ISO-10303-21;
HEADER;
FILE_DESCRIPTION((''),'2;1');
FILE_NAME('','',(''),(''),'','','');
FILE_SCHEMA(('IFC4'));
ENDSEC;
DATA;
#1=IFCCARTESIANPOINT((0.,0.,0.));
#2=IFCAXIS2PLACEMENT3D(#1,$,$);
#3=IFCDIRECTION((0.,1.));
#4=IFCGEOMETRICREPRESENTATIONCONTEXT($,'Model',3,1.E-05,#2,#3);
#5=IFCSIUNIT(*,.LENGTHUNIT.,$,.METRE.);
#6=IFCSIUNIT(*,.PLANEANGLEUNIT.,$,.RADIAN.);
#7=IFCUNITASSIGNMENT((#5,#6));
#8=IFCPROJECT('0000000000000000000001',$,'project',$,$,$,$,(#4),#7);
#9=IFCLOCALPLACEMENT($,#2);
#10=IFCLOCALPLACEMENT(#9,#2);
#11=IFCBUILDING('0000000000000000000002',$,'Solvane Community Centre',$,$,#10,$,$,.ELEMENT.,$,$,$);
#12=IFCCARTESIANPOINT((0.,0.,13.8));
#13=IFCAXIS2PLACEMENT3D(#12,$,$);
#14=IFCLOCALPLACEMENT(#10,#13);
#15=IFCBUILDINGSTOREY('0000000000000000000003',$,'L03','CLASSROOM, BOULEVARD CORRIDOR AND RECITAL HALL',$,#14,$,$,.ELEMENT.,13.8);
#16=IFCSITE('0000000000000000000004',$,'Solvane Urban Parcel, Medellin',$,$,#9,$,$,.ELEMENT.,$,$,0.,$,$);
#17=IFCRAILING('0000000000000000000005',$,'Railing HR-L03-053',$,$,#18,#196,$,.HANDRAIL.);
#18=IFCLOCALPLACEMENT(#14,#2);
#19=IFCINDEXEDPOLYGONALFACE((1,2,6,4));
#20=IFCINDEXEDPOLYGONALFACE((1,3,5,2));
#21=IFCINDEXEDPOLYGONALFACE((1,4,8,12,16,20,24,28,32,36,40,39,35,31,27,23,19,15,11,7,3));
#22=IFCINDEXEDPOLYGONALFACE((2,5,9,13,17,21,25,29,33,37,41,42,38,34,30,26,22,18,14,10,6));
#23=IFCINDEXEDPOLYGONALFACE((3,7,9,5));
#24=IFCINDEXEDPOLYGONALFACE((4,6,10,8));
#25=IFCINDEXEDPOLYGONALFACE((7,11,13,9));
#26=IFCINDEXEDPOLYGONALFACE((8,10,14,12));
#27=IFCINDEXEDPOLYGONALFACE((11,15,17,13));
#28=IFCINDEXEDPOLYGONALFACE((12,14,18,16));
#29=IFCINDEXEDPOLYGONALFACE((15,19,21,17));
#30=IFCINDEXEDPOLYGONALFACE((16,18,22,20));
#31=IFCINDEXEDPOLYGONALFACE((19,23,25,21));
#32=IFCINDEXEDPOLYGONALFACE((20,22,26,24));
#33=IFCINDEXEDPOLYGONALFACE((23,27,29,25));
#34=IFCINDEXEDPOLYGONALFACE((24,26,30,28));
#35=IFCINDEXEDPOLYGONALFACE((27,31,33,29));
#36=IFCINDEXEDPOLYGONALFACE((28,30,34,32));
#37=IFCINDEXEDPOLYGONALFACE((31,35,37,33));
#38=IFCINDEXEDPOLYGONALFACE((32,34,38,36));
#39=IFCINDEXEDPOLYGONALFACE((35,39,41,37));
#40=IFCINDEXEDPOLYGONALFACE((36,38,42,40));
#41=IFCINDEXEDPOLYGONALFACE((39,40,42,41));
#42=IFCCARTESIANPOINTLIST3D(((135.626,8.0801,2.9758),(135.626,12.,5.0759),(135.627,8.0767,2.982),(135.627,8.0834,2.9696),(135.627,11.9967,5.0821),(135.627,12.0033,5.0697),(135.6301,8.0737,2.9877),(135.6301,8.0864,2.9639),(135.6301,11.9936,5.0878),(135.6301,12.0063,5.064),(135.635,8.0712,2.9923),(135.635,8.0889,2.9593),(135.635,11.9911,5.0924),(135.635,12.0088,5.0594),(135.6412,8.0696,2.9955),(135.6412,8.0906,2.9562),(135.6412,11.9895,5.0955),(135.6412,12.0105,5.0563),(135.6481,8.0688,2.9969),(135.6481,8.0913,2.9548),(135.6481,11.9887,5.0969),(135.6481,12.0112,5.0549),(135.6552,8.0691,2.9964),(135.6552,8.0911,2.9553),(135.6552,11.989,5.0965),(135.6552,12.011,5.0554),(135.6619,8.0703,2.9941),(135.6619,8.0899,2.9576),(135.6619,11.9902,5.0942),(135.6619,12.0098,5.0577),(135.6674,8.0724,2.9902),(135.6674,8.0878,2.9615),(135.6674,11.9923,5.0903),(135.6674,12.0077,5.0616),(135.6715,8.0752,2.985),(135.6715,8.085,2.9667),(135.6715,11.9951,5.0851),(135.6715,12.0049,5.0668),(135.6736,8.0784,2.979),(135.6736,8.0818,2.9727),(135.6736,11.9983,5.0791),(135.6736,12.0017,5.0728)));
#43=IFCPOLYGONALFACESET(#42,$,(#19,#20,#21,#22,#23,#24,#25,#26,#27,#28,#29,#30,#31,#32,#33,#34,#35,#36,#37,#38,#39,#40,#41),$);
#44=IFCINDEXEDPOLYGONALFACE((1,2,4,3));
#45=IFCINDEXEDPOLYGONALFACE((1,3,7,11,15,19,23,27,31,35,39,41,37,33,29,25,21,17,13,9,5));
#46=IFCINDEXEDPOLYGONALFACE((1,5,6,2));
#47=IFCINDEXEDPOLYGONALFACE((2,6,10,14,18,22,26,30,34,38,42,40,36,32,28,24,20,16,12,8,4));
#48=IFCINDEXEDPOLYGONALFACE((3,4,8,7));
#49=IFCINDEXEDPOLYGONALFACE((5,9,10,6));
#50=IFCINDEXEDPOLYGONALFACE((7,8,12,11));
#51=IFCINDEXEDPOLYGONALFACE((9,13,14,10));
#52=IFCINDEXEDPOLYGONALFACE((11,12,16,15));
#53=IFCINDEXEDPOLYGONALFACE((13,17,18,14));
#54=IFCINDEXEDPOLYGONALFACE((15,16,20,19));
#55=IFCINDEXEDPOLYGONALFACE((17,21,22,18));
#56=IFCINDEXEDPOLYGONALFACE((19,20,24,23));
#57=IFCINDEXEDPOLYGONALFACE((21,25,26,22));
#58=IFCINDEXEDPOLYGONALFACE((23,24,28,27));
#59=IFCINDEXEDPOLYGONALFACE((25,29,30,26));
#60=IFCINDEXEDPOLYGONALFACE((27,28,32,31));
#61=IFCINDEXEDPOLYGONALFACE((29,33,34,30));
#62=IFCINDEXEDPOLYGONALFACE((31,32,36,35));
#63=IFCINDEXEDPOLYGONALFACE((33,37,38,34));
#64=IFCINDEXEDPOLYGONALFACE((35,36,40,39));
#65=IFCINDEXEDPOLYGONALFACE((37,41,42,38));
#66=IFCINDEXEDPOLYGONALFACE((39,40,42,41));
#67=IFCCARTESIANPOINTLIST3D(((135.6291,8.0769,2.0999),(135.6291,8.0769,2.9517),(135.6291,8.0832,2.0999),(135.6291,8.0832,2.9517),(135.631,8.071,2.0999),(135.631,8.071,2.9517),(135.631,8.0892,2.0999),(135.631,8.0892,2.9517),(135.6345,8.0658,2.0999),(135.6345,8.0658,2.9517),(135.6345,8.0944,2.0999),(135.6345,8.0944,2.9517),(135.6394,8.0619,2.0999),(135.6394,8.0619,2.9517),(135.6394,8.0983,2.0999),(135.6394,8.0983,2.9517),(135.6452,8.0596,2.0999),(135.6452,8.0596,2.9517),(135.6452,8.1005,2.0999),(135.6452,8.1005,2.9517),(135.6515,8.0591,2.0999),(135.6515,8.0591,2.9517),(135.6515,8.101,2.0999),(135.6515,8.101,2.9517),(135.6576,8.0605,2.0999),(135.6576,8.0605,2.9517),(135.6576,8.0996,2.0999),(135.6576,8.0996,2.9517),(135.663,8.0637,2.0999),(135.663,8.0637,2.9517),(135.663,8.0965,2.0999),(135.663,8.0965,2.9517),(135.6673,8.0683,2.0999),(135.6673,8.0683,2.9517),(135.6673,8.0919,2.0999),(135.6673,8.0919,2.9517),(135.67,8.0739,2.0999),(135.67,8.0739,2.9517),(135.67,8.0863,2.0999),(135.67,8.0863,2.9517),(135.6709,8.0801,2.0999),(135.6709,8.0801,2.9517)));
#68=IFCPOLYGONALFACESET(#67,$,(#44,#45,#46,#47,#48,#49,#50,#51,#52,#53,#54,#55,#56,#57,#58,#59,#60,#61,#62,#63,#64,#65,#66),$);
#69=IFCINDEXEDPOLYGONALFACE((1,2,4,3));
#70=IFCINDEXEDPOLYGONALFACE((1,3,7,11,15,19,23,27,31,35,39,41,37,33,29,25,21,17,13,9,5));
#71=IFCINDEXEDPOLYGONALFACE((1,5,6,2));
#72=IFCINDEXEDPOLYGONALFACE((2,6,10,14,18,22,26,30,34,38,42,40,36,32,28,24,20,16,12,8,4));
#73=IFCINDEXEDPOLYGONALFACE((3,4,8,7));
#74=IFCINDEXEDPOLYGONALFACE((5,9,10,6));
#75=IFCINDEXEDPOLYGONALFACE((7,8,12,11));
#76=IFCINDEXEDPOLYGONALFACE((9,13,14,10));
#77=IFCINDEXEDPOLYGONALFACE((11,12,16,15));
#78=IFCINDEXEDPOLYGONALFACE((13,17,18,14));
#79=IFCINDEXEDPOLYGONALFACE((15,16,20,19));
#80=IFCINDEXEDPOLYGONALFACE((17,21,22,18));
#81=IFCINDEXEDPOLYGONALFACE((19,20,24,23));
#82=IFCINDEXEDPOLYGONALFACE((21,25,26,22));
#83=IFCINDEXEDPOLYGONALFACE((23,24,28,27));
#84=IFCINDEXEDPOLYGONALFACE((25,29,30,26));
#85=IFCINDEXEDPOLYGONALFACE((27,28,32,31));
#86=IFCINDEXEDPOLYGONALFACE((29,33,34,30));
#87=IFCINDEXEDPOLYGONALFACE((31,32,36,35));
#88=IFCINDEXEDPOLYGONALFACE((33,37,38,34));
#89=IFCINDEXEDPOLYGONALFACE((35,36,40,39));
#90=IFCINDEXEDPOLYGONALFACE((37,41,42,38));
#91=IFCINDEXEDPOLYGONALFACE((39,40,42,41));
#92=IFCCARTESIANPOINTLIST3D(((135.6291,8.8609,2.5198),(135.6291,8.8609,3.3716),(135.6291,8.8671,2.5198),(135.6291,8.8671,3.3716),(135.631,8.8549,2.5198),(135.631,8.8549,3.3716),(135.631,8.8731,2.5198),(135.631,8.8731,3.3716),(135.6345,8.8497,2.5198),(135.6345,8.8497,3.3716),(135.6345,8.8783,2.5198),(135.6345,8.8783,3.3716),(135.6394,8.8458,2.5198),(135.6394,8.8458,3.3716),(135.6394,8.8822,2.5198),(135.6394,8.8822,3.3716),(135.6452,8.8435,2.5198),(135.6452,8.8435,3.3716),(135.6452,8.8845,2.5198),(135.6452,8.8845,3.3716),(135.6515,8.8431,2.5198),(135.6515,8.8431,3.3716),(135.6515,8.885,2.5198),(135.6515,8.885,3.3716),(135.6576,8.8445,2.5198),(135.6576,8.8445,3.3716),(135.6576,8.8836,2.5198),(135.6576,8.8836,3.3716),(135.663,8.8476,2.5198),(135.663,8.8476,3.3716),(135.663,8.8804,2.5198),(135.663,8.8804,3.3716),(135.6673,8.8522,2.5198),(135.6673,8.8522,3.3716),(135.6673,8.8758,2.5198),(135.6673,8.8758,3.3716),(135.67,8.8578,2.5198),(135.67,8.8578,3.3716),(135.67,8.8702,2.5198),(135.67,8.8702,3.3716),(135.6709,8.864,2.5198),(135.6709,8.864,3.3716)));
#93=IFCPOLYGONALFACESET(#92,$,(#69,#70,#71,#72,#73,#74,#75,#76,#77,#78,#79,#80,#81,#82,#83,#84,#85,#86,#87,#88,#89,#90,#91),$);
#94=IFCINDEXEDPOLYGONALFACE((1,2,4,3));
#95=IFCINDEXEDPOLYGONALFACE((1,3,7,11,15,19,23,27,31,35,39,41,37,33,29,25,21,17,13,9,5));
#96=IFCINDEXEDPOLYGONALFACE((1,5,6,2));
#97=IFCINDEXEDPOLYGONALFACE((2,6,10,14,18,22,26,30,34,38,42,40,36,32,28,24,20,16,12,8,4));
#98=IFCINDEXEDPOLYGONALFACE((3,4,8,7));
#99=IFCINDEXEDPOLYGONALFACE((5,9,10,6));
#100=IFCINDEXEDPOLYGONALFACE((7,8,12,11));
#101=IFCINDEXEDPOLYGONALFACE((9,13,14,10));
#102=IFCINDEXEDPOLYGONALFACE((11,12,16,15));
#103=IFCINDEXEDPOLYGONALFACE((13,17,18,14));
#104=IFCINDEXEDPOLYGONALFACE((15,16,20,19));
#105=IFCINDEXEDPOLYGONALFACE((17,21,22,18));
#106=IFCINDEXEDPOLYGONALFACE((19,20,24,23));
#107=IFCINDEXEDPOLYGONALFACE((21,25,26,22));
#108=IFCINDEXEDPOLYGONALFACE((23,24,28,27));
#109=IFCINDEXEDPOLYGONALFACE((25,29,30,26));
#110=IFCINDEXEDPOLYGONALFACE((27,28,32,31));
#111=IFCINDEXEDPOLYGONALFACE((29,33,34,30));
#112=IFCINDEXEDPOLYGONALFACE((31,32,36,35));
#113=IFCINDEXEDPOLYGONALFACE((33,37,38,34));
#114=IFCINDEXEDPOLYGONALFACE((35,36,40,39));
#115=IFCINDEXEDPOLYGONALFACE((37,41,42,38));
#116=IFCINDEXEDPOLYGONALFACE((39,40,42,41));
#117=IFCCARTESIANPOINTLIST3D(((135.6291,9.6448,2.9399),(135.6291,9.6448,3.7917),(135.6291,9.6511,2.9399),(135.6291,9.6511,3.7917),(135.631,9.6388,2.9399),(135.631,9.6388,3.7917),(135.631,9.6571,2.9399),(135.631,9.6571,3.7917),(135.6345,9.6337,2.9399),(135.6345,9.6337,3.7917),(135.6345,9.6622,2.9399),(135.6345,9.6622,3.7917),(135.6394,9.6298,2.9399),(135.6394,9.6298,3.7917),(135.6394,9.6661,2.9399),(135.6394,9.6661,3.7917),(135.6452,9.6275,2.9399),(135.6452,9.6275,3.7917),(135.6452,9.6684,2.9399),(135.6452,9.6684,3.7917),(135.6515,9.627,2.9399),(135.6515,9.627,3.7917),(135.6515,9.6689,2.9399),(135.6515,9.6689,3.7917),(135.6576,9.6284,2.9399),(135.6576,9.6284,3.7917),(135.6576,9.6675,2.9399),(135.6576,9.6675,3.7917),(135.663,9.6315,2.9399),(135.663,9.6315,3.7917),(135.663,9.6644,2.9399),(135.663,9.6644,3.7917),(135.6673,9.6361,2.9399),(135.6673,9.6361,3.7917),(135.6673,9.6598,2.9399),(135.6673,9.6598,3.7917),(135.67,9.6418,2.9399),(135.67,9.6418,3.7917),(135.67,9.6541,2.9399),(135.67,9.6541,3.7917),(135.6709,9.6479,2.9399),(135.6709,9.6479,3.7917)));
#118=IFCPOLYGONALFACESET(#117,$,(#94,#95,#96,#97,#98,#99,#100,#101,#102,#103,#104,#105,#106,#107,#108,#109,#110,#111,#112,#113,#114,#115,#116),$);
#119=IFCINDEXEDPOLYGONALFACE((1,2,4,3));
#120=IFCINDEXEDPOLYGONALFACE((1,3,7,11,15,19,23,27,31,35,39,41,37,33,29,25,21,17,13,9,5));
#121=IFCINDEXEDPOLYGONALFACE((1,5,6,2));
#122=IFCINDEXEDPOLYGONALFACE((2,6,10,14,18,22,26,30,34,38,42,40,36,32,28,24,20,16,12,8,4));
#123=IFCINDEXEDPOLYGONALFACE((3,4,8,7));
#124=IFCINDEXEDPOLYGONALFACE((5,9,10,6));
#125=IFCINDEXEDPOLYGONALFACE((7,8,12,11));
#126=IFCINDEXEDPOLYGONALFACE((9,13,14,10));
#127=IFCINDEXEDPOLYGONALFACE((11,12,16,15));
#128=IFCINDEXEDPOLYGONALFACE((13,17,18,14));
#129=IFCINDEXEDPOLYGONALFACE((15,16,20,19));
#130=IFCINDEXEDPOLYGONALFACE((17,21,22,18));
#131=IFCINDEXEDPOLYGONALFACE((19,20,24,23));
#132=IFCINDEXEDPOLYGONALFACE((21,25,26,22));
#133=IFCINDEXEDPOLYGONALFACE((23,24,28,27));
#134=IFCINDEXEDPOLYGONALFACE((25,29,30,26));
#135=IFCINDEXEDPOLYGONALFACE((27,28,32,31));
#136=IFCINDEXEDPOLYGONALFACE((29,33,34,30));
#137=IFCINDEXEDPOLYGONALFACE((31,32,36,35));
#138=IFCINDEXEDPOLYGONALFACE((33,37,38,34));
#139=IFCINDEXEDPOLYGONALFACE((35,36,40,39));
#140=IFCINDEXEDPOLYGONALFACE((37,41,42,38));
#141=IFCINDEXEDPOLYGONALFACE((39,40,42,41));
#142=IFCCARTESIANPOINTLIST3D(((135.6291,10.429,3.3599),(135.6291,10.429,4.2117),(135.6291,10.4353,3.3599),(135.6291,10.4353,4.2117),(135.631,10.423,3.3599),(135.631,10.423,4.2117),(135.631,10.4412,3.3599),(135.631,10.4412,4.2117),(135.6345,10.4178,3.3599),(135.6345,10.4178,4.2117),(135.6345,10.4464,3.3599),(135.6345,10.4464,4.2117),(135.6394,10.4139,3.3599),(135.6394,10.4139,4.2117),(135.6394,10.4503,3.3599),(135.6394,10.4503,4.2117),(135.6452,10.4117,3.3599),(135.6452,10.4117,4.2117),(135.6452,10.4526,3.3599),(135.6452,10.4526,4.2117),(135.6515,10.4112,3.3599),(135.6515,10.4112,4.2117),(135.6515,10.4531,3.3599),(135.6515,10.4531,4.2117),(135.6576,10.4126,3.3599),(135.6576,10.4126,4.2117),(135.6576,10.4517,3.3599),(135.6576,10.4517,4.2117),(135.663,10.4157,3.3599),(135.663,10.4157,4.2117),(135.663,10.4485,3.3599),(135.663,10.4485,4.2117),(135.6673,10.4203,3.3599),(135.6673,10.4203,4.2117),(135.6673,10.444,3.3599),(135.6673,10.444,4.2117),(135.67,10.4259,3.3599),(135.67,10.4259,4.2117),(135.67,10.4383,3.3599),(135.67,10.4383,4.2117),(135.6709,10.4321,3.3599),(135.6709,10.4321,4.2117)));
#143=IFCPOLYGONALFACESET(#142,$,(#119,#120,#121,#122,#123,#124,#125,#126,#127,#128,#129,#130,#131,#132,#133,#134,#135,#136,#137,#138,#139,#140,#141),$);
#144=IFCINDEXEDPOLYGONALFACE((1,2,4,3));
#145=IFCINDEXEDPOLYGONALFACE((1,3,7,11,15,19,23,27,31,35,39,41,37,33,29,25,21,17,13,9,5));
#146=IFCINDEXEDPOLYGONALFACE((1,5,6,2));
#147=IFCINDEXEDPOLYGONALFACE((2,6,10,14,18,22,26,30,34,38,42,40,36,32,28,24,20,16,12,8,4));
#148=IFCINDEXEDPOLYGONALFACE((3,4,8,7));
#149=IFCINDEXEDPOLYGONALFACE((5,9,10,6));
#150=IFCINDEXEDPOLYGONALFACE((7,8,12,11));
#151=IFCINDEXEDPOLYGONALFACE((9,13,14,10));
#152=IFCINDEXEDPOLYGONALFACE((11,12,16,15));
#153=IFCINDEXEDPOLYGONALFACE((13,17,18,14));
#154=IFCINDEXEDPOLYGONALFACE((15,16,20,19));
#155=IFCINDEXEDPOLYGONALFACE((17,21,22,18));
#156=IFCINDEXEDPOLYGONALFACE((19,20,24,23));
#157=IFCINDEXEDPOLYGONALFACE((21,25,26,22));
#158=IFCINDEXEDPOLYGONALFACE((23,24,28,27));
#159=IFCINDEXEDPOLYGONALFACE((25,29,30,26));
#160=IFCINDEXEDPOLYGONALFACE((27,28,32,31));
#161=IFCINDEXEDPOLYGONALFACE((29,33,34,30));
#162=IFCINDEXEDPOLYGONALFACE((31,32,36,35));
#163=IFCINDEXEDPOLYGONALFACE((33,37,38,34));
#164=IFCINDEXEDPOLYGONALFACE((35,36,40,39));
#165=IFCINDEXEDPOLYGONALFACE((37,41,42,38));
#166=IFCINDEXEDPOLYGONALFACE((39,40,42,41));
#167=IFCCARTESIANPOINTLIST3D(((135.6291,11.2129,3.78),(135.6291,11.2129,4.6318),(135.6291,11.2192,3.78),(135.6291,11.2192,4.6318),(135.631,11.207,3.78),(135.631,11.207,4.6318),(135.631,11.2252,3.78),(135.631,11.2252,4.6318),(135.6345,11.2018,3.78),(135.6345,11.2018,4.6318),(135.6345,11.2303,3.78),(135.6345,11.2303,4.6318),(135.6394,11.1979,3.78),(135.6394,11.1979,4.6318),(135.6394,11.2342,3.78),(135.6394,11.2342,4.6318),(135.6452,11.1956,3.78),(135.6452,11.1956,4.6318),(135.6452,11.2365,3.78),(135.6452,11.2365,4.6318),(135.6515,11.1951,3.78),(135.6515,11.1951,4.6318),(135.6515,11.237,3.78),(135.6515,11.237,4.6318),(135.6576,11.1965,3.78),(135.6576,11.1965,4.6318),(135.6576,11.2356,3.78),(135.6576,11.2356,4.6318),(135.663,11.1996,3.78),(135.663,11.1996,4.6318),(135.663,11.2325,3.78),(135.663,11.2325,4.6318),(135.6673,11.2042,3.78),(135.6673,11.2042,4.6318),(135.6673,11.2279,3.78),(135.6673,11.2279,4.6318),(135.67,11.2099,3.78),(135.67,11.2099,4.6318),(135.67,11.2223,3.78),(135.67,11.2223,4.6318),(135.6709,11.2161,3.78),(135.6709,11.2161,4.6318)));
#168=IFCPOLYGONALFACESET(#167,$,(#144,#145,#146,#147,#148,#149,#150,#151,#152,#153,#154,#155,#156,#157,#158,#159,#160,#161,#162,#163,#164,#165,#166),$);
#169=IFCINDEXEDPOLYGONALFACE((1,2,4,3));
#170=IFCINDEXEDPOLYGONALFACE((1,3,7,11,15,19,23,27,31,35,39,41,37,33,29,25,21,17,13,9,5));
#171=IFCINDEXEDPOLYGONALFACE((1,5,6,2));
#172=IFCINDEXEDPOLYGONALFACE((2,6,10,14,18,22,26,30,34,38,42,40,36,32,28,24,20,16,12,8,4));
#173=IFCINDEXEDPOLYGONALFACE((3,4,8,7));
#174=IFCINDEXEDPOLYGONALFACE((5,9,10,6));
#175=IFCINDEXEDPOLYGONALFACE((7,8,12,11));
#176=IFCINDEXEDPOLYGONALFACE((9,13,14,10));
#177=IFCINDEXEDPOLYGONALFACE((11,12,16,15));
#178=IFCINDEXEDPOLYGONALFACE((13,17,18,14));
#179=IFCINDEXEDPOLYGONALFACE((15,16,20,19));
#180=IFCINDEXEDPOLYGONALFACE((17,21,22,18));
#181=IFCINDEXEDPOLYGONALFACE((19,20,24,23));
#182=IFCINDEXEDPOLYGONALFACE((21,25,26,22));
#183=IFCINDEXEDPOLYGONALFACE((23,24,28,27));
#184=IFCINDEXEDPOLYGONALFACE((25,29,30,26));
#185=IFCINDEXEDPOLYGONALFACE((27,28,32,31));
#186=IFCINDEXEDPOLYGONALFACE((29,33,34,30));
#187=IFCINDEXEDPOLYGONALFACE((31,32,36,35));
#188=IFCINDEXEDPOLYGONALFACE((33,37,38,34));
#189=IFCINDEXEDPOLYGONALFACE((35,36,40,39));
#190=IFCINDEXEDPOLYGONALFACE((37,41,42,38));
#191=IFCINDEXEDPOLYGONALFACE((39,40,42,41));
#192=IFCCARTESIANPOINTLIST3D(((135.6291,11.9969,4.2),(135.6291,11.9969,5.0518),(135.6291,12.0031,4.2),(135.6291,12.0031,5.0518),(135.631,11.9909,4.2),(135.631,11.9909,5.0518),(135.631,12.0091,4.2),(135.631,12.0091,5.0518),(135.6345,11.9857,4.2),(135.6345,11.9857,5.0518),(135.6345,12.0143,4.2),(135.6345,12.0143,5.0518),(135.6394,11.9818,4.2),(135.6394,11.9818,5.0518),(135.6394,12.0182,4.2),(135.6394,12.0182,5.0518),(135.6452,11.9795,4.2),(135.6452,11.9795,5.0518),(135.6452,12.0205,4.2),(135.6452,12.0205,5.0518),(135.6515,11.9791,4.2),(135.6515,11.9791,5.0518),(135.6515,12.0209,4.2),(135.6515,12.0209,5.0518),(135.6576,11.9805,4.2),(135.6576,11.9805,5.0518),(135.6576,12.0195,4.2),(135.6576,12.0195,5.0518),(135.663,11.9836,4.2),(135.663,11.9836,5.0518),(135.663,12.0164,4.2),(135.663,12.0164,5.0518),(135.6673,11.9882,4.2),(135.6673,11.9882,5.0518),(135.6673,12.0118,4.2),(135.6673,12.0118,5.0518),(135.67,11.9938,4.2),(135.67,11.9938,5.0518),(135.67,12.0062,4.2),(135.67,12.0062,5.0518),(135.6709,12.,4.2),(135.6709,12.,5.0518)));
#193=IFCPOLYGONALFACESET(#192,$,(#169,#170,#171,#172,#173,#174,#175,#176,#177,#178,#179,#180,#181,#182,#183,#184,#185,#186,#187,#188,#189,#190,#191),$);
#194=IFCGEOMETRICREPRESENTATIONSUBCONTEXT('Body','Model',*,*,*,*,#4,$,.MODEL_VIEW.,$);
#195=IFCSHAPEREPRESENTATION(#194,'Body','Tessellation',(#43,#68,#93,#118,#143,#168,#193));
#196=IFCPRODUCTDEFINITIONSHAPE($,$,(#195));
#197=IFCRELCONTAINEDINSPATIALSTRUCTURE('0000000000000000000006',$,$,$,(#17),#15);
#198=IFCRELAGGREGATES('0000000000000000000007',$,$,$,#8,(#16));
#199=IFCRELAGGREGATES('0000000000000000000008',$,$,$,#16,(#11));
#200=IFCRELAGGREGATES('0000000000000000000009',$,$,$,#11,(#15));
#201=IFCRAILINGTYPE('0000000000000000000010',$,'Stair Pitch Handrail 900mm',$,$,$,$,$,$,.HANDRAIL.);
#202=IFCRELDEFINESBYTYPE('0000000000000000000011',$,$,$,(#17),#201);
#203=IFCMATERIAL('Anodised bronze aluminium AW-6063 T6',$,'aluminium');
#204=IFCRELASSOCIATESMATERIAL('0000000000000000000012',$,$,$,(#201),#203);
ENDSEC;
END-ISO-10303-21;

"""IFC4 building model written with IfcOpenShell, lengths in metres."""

from ifc_helpers import new_model, si_unit, direction, frame, origin, origin_2d, place, context, subcontext, project, spatial, circle, extrude, material, type_object, element, save


model = new_model("IFC4")

# Units and contexts
model_context = context("Model", 3, precision=1e-05, world=origin(), true_north=direction((0.0, 1.0)))
body_context = subcontext(model_context, "Body", "Model", "MODEL_VIEW")
ifc_project = project(units=[si_unit("LENGTHUNIT", "METRE"), si_unit("PLANEANGLEUNIT", "RADIAN")], contexts=[model_context])

# Site, building, storey
site_placement = place(None, origin())
site = spatial("IfcSite", under=ifc_project, at=site_placement, Name="Solvane Urban Parcel, Medellin", CompositionType="ELEMENT", RefElevation=0.0)
building_placement = place(site_placement, origin())
building = spatial("IfcBuilding", under=site, at=building_placement, Name="Solvane Community Centre", CompositionType="ELEMENT")
storey_placement = place(building_placement, frame((0.0, 0.0, 13.8)))
storey = spatial("IfcBuildingStorey", under=building, at=storey_placement, Name="L03", Description="CLASSROOM, BOULEVARD CORRIDOR AND RECITAL HALL", CompositionType="ELEMENT", Elevation=13.8)

# Shared definitions
ifc_material_1 = material(Name="Anodised bronze aluminium AW-6063 T6", Category="aluminium")

# Railing
railing_type_1 = type_object("IfcRailingType", Name="Stair Pitch Handrail 900mm", PredefinedType="HANDRAIL", material=ifc_material_1)
railing_1_placement = place(storey_placement, frame((135.6499, 8.0801, 2.0999)))
element("IfcRailing", 1, at=railing_1_placement, inside=storey, type_object=railing_type_1, Name="Railing HR-L03-053", PredefinedType="HANDRAIL", context=body_context, shape_type="SweptSolid", body=[
    extrude(circle(Radius=0.0239, at=origin_2d()), frame((0.0, 0.0, 0.876), z_axis=(0.0, 0.881467, 0.472246), x_axis=(-1.0, 0.0, 0.0)), (0.0, 0.0, 1.0), 4.447),
    extrude(circle(Radius=0.021, at=origin_2d()), origin(), (0.0, 0.0, 1.0), 0.8518),
    extrude(circle(Radius=0.021, at=origin_2d()), frame((0.0, 0.7839, 0.4199)), (0.0, 0.0, 1.0), 0.8518),
    extrude(circle(Radius=0.021, at=origin_2d()), frame((0.0, 1.5679, 0.8401)), (0.0, 0.0, 1.0), 0.8518),
    extrude(circle(Radius=0.021, at=origin_2d()), frame((0.0, 2.3521, 1.26)), (0.0, 0.0, 1.0), 0.8518),
    extrude(circle(Radius=0.021, at=origin_2d()), frame((0.0, 3.136, 1.6802)), (0.0, 0.0, 1.0), 0.8518),
    extrude(circle(Radius=0.021, at=origin_2d()), frame((0.0, 3.9199, 2.1001)), (0.0, 0.0, 1.0), 0.8518),
])

save(model, "model.ifc")
